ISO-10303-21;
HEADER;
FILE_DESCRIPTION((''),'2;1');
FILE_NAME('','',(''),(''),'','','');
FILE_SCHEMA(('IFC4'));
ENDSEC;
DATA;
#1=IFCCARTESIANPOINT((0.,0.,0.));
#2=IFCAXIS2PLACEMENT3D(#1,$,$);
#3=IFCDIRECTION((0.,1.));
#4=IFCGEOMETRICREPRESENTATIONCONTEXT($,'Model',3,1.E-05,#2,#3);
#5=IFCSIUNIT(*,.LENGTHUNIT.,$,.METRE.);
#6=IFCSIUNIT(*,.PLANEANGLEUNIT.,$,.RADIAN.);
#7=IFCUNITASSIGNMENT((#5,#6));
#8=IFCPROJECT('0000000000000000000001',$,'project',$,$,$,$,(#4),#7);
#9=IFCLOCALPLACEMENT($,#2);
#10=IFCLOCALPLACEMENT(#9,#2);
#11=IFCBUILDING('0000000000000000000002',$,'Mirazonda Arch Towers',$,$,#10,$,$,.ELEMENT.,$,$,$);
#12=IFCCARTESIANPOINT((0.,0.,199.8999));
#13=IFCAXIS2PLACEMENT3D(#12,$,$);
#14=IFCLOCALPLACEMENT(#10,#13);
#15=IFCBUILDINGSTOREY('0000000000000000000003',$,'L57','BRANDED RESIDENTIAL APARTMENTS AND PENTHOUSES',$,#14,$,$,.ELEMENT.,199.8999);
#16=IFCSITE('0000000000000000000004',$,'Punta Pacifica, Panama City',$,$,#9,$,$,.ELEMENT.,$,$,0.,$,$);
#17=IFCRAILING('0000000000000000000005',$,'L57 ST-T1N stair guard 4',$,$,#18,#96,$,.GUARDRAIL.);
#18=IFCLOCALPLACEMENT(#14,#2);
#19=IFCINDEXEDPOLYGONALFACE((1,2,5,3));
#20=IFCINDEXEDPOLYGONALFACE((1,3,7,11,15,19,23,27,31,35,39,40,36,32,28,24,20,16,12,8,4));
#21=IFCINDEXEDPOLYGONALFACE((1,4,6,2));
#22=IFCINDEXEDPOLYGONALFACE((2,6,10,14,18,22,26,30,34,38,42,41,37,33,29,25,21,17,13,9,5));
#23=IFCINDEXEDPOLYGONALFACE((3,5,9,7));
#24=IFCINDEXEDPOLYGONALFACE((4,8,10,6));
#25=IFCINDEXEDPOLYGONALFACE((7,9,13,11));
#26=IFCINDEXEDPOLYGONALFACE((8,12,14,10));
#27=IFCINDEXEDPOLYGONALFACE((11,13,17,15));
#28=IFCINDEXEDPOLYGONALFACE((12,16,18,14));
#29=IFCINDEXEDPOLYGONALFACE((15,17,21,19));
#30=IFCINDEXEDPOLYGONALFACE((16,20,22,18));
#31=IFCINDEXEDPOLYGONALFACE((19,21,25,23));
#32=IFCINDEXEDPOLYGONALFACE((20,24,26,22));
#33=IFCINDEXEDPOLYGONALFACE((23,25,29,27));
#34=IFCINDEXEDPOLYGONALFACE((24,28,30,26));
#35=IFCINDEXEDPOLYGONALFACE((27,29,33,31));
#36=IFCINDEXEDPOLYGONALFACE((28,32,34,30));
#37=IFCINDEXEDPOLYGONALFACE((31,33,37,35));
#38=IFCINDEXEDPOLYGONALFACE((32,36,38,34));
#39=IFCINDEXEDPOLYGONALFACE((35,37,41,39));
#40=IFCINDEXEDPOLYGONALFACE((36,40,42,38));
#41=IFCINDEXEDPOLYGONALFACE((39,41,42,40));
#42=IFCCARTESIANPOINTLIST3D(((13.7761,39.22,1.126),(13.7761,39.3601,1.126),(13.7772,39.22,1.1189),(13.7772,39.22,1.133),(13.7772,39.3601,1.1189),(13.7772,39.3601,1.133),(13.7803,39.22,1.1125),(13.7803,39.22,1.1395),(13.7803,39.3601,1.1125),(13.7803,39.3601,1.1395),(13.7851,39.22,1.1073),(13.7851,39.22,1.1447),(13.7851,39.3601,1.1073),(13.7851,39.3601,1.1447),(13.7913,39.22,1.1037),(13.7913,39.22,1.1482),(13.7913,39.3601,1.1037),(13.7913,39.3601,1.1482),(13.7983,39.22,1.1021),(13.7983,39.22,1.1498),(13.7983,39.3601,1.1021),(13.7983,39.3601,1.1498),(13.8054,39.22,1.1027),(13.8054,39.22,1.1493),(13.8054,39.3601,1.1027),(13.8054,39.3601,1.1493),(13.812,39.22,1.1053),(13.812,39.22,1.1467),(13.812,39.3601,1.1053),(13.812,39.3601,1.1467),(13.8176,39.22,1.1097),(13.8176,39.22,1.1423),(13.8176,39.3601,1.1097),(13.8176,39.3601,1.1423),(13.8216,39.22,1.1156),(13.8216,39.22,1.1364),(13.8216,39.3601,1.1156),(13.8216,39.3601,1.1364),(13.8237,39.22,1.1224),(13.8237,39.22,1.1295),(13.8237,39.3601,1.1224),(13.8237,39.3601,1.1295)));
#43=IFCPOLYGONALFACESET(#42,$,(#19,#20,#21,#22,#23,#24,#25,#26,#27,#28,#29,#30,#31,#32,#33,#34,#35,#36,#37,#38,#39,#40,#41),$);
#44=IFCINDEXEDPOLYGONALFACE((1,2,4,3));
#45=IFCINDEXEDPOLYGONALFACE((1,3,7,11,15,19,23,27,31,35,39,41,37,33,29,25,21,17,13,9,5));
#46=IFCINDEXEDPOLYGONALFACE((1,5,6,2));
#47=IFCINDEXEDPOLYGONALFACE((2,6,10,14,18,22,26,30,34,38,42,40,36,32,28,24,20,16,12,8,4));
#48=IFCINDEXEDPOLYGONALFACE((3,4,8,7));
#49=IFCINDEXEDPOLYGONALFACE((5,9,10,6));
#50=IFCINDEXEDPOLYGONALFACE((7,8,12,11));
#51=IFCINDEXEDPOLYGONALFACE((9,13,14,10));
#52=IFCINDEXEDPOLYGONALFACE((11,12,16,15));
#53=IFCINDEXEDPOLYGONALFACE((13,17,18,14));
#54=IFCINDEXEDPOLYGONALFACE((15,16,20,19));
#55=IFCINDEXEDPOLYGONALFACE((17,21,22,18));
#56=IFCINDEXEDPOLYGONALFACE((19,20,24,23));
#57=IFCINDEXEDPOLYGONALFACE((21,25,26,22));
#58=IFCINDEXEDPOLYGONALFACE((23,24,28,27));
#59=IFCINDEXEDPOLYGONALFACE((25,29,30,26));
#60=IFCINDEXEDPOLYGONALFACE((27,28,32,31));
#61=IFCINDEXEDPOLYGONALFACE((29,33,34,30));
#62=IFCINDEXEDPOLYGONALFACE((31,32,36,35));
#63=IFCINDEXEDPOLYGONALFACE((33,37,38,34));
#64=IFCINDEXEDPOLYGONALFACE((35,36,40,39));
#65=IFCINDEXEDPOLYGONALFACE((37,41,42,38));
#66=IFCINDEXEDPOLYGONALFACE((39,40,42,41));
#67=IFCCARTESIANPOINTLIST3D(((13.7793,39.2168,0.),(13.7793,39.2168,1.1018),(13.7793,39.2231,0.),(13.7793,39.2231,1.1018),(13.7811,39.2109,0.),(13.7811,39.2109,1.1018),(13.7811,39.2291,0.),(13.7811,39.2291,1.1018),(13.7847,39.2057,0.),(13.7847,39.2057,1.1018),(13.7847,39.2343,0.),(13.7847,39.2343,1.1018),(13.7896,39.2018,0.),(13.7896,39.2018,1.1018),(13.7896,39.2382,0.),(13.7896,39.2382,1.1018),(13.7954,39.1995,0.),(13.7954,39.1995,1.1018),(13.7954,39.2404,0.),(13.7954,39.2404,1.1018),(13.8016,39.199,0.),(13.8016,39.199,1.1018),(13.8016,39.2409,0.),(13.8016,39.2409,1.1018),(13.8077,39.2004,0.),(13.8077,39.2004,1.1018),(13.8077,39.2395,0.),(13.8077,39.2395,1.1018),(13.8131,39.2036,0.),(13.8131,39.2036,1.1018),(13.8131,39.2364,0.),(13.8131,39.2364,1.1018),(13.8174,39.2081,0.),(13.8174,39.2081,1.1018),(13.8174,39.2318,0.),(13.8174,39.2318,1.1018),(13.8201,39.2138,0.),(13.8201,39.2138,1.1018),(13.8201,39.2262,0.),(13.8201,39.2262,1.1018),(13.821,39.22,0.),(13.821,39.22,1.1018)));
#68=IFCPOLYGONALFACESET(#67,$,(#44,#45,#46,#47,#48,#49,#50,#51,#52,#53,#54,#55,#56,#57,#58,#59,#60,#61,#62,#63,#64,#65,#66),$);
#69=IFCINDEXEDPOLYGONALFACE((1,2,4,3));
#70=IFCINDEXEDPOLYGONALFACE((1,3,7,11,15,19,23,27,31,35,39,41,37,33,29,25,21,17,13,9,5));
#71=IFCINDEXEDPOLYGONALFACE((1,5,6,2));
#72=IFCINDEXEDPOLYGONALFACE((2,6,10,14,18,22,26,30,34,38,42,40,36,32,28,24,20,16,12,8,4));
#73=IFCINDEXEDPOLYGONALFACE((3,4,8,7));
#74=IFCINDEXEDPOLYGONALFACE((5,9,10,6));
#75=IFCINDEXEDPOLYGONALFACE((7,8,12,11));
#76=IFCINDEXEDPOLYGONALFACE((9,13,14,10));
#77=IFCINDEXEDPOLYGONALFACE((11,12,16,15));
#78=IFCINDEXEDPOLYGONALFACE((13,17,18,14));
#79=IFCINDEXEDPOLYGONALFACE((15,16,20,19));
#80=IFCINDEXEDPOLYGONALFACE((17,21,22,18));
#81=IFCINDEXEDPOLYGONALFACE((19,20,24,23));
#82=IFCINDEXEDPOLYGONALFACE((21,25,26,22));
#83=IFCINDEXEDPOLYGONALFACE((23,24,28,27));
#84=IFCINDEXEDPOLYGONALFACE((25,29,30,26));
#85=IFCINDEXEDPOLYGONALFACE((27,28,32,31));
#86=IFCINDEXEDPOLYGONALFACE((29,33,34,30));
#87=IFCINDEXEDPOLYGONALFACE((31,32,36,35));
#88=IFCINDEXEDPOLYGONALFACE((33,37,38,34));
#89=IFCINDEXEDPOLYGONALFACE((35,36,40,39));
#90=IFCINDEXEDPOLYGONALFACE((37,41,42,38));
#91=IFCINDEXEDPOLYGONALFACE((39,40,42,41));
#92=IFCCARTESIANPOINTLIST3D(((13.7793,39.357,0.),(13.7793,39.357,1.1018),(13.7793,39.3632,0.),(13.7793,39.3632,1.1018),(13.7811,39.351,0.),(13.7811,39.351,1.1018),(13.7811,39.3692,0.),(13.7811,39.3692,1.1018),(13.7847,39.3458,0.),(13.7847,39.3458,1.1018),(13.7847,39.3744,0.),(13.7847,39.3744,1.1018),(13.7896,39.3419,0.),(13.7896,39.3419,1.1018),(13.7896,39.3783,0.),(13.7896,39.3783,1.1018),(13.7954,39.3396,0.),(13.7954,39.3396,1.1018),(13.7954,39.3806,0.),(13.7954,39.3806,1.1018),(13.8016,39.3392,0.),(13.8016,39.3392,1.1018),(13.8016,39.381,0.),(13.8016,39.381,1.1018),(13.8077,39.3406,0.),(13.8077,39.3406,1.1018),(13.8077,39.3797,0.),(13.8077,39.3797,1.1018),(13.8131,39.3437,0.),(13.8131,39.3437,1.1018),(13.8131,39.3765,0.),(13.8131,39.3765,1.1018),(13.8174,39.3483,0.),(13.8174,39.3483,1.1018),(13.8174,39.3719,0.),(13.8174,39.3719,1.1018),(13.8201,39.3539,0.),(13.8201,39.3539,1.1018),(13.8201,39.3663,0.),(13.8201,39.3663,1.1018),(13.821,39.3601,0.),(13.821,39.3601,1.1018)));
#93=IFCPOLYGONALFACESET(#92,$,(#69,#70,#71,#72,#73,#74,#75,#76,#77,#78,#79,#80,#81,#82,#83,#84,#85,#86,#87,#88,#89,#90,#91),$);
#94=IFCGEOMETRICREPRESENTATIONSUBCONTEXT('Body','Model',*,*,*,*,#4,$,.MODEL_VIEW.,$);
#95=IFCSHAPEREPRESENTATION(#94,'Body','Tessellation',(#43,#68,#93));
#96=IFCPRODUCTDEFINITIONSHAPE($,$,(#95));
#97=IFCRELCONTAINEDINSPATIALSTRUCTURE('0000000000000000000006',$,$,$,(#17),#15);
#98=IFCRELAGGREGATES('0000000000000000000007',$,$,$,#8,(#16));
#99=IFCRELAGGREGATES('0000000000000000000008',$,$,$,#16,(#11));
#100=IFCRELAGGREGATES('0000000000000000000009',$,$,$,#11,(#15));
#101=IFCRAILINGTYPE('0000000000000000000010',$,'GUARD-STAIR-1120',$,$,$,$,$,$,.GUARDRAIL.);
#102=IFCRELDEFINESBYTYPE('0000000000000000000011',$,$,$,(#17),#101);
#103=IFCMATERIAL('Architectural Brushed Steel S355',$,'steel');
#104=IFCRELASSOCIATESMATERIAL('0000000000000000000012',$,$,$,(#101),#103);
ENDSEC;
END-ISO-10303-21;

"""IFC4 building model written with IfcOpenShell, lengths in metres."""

from ifc_helpers import new_model, si_unit, direction, frame, origin, origin_2d, place, context, subcontext, project, spatial, circle, extrude, material, type_object, element, save


model = new_model("IFC4")

# Units and contexts
model_context = context("Model", 3, precision=1e-05, world=origin(), true_north=direction((0.0, 1.0)))
body_context = subcontext(model_context, "Body", "Model", "MODEL_VIEW")
ifc_project = project(units=[si_unit("LENGTHUNIT", "METRE"), si_unit("PLANEANGLEUNIT", "RADIAN")], contexts=[model_context])

# Site, building, storey
site_placement = place(None, origin())
site = spatial("IfcSite", under=ifc_project, at=site_placement, Name="Punta Pacifica, Panama City", CompositionType="ELEMENT", RefElevation=0.0)
building_placement = place(site_placement, origin())
building = spatial("IfcBuilding", under=site, at=building_placement, Name="Mirazonda Arch Towers", CompositionType="ELEMENT")
storey_placement = place(building_placement, frame((0.0, 0.0, 199.8999)))
storey = spatial("IfcBuildingStorey", under=building, at=storey_placement, Name="L57", Description="BRANDED RESIDENTIAL APARTMENTS AND PENTHOUSES", CompositionType="ELEMENT", Elevation=199.8999)

# Shared definitions
ifc_material_1 = material(Name="Architectural Brushed Steel S355", Category="steel")

# Railing
railing_type_1 = type_object("IfcRailingType", Name="GUARD-STAIR-1120", PredefinedType="GUARDRAIL", material=ifc_material_1)
railing_1_placement = place(storey_placement, frame((13.8, 39.22, 0.0)))
element("IfcRailing", 1, at=railing_1_placement, inside=storey, type_object=railing_type_1, Name="L57 ST-T1N stair guard 4", PredefinedType="GUARDRAIL", context=body_context, shape_type="SweptSolid", body=[
    extrude(circle(Radius=0.0239, at=origin_2d()), frame((0.0, 0.0, 1.126), z_axis=(0.0, 1.0, 0.0), x_axis=(-1.0, 0.0, 0.0)), (0.0, 0.0, 1.0), 0.1401),
    extrude(circle(Radius=0.021, at=origin_2d()), origin(), (0.0, 0.0, 1.0), 1.1018),
    extrude(circle(Radius=0.021, at=origin_2d()), frame((0.0, 0.1401, 0.0)), (0.0, 0.0, 1.0), 1.1018),
])

save(model, "model.ifc")
